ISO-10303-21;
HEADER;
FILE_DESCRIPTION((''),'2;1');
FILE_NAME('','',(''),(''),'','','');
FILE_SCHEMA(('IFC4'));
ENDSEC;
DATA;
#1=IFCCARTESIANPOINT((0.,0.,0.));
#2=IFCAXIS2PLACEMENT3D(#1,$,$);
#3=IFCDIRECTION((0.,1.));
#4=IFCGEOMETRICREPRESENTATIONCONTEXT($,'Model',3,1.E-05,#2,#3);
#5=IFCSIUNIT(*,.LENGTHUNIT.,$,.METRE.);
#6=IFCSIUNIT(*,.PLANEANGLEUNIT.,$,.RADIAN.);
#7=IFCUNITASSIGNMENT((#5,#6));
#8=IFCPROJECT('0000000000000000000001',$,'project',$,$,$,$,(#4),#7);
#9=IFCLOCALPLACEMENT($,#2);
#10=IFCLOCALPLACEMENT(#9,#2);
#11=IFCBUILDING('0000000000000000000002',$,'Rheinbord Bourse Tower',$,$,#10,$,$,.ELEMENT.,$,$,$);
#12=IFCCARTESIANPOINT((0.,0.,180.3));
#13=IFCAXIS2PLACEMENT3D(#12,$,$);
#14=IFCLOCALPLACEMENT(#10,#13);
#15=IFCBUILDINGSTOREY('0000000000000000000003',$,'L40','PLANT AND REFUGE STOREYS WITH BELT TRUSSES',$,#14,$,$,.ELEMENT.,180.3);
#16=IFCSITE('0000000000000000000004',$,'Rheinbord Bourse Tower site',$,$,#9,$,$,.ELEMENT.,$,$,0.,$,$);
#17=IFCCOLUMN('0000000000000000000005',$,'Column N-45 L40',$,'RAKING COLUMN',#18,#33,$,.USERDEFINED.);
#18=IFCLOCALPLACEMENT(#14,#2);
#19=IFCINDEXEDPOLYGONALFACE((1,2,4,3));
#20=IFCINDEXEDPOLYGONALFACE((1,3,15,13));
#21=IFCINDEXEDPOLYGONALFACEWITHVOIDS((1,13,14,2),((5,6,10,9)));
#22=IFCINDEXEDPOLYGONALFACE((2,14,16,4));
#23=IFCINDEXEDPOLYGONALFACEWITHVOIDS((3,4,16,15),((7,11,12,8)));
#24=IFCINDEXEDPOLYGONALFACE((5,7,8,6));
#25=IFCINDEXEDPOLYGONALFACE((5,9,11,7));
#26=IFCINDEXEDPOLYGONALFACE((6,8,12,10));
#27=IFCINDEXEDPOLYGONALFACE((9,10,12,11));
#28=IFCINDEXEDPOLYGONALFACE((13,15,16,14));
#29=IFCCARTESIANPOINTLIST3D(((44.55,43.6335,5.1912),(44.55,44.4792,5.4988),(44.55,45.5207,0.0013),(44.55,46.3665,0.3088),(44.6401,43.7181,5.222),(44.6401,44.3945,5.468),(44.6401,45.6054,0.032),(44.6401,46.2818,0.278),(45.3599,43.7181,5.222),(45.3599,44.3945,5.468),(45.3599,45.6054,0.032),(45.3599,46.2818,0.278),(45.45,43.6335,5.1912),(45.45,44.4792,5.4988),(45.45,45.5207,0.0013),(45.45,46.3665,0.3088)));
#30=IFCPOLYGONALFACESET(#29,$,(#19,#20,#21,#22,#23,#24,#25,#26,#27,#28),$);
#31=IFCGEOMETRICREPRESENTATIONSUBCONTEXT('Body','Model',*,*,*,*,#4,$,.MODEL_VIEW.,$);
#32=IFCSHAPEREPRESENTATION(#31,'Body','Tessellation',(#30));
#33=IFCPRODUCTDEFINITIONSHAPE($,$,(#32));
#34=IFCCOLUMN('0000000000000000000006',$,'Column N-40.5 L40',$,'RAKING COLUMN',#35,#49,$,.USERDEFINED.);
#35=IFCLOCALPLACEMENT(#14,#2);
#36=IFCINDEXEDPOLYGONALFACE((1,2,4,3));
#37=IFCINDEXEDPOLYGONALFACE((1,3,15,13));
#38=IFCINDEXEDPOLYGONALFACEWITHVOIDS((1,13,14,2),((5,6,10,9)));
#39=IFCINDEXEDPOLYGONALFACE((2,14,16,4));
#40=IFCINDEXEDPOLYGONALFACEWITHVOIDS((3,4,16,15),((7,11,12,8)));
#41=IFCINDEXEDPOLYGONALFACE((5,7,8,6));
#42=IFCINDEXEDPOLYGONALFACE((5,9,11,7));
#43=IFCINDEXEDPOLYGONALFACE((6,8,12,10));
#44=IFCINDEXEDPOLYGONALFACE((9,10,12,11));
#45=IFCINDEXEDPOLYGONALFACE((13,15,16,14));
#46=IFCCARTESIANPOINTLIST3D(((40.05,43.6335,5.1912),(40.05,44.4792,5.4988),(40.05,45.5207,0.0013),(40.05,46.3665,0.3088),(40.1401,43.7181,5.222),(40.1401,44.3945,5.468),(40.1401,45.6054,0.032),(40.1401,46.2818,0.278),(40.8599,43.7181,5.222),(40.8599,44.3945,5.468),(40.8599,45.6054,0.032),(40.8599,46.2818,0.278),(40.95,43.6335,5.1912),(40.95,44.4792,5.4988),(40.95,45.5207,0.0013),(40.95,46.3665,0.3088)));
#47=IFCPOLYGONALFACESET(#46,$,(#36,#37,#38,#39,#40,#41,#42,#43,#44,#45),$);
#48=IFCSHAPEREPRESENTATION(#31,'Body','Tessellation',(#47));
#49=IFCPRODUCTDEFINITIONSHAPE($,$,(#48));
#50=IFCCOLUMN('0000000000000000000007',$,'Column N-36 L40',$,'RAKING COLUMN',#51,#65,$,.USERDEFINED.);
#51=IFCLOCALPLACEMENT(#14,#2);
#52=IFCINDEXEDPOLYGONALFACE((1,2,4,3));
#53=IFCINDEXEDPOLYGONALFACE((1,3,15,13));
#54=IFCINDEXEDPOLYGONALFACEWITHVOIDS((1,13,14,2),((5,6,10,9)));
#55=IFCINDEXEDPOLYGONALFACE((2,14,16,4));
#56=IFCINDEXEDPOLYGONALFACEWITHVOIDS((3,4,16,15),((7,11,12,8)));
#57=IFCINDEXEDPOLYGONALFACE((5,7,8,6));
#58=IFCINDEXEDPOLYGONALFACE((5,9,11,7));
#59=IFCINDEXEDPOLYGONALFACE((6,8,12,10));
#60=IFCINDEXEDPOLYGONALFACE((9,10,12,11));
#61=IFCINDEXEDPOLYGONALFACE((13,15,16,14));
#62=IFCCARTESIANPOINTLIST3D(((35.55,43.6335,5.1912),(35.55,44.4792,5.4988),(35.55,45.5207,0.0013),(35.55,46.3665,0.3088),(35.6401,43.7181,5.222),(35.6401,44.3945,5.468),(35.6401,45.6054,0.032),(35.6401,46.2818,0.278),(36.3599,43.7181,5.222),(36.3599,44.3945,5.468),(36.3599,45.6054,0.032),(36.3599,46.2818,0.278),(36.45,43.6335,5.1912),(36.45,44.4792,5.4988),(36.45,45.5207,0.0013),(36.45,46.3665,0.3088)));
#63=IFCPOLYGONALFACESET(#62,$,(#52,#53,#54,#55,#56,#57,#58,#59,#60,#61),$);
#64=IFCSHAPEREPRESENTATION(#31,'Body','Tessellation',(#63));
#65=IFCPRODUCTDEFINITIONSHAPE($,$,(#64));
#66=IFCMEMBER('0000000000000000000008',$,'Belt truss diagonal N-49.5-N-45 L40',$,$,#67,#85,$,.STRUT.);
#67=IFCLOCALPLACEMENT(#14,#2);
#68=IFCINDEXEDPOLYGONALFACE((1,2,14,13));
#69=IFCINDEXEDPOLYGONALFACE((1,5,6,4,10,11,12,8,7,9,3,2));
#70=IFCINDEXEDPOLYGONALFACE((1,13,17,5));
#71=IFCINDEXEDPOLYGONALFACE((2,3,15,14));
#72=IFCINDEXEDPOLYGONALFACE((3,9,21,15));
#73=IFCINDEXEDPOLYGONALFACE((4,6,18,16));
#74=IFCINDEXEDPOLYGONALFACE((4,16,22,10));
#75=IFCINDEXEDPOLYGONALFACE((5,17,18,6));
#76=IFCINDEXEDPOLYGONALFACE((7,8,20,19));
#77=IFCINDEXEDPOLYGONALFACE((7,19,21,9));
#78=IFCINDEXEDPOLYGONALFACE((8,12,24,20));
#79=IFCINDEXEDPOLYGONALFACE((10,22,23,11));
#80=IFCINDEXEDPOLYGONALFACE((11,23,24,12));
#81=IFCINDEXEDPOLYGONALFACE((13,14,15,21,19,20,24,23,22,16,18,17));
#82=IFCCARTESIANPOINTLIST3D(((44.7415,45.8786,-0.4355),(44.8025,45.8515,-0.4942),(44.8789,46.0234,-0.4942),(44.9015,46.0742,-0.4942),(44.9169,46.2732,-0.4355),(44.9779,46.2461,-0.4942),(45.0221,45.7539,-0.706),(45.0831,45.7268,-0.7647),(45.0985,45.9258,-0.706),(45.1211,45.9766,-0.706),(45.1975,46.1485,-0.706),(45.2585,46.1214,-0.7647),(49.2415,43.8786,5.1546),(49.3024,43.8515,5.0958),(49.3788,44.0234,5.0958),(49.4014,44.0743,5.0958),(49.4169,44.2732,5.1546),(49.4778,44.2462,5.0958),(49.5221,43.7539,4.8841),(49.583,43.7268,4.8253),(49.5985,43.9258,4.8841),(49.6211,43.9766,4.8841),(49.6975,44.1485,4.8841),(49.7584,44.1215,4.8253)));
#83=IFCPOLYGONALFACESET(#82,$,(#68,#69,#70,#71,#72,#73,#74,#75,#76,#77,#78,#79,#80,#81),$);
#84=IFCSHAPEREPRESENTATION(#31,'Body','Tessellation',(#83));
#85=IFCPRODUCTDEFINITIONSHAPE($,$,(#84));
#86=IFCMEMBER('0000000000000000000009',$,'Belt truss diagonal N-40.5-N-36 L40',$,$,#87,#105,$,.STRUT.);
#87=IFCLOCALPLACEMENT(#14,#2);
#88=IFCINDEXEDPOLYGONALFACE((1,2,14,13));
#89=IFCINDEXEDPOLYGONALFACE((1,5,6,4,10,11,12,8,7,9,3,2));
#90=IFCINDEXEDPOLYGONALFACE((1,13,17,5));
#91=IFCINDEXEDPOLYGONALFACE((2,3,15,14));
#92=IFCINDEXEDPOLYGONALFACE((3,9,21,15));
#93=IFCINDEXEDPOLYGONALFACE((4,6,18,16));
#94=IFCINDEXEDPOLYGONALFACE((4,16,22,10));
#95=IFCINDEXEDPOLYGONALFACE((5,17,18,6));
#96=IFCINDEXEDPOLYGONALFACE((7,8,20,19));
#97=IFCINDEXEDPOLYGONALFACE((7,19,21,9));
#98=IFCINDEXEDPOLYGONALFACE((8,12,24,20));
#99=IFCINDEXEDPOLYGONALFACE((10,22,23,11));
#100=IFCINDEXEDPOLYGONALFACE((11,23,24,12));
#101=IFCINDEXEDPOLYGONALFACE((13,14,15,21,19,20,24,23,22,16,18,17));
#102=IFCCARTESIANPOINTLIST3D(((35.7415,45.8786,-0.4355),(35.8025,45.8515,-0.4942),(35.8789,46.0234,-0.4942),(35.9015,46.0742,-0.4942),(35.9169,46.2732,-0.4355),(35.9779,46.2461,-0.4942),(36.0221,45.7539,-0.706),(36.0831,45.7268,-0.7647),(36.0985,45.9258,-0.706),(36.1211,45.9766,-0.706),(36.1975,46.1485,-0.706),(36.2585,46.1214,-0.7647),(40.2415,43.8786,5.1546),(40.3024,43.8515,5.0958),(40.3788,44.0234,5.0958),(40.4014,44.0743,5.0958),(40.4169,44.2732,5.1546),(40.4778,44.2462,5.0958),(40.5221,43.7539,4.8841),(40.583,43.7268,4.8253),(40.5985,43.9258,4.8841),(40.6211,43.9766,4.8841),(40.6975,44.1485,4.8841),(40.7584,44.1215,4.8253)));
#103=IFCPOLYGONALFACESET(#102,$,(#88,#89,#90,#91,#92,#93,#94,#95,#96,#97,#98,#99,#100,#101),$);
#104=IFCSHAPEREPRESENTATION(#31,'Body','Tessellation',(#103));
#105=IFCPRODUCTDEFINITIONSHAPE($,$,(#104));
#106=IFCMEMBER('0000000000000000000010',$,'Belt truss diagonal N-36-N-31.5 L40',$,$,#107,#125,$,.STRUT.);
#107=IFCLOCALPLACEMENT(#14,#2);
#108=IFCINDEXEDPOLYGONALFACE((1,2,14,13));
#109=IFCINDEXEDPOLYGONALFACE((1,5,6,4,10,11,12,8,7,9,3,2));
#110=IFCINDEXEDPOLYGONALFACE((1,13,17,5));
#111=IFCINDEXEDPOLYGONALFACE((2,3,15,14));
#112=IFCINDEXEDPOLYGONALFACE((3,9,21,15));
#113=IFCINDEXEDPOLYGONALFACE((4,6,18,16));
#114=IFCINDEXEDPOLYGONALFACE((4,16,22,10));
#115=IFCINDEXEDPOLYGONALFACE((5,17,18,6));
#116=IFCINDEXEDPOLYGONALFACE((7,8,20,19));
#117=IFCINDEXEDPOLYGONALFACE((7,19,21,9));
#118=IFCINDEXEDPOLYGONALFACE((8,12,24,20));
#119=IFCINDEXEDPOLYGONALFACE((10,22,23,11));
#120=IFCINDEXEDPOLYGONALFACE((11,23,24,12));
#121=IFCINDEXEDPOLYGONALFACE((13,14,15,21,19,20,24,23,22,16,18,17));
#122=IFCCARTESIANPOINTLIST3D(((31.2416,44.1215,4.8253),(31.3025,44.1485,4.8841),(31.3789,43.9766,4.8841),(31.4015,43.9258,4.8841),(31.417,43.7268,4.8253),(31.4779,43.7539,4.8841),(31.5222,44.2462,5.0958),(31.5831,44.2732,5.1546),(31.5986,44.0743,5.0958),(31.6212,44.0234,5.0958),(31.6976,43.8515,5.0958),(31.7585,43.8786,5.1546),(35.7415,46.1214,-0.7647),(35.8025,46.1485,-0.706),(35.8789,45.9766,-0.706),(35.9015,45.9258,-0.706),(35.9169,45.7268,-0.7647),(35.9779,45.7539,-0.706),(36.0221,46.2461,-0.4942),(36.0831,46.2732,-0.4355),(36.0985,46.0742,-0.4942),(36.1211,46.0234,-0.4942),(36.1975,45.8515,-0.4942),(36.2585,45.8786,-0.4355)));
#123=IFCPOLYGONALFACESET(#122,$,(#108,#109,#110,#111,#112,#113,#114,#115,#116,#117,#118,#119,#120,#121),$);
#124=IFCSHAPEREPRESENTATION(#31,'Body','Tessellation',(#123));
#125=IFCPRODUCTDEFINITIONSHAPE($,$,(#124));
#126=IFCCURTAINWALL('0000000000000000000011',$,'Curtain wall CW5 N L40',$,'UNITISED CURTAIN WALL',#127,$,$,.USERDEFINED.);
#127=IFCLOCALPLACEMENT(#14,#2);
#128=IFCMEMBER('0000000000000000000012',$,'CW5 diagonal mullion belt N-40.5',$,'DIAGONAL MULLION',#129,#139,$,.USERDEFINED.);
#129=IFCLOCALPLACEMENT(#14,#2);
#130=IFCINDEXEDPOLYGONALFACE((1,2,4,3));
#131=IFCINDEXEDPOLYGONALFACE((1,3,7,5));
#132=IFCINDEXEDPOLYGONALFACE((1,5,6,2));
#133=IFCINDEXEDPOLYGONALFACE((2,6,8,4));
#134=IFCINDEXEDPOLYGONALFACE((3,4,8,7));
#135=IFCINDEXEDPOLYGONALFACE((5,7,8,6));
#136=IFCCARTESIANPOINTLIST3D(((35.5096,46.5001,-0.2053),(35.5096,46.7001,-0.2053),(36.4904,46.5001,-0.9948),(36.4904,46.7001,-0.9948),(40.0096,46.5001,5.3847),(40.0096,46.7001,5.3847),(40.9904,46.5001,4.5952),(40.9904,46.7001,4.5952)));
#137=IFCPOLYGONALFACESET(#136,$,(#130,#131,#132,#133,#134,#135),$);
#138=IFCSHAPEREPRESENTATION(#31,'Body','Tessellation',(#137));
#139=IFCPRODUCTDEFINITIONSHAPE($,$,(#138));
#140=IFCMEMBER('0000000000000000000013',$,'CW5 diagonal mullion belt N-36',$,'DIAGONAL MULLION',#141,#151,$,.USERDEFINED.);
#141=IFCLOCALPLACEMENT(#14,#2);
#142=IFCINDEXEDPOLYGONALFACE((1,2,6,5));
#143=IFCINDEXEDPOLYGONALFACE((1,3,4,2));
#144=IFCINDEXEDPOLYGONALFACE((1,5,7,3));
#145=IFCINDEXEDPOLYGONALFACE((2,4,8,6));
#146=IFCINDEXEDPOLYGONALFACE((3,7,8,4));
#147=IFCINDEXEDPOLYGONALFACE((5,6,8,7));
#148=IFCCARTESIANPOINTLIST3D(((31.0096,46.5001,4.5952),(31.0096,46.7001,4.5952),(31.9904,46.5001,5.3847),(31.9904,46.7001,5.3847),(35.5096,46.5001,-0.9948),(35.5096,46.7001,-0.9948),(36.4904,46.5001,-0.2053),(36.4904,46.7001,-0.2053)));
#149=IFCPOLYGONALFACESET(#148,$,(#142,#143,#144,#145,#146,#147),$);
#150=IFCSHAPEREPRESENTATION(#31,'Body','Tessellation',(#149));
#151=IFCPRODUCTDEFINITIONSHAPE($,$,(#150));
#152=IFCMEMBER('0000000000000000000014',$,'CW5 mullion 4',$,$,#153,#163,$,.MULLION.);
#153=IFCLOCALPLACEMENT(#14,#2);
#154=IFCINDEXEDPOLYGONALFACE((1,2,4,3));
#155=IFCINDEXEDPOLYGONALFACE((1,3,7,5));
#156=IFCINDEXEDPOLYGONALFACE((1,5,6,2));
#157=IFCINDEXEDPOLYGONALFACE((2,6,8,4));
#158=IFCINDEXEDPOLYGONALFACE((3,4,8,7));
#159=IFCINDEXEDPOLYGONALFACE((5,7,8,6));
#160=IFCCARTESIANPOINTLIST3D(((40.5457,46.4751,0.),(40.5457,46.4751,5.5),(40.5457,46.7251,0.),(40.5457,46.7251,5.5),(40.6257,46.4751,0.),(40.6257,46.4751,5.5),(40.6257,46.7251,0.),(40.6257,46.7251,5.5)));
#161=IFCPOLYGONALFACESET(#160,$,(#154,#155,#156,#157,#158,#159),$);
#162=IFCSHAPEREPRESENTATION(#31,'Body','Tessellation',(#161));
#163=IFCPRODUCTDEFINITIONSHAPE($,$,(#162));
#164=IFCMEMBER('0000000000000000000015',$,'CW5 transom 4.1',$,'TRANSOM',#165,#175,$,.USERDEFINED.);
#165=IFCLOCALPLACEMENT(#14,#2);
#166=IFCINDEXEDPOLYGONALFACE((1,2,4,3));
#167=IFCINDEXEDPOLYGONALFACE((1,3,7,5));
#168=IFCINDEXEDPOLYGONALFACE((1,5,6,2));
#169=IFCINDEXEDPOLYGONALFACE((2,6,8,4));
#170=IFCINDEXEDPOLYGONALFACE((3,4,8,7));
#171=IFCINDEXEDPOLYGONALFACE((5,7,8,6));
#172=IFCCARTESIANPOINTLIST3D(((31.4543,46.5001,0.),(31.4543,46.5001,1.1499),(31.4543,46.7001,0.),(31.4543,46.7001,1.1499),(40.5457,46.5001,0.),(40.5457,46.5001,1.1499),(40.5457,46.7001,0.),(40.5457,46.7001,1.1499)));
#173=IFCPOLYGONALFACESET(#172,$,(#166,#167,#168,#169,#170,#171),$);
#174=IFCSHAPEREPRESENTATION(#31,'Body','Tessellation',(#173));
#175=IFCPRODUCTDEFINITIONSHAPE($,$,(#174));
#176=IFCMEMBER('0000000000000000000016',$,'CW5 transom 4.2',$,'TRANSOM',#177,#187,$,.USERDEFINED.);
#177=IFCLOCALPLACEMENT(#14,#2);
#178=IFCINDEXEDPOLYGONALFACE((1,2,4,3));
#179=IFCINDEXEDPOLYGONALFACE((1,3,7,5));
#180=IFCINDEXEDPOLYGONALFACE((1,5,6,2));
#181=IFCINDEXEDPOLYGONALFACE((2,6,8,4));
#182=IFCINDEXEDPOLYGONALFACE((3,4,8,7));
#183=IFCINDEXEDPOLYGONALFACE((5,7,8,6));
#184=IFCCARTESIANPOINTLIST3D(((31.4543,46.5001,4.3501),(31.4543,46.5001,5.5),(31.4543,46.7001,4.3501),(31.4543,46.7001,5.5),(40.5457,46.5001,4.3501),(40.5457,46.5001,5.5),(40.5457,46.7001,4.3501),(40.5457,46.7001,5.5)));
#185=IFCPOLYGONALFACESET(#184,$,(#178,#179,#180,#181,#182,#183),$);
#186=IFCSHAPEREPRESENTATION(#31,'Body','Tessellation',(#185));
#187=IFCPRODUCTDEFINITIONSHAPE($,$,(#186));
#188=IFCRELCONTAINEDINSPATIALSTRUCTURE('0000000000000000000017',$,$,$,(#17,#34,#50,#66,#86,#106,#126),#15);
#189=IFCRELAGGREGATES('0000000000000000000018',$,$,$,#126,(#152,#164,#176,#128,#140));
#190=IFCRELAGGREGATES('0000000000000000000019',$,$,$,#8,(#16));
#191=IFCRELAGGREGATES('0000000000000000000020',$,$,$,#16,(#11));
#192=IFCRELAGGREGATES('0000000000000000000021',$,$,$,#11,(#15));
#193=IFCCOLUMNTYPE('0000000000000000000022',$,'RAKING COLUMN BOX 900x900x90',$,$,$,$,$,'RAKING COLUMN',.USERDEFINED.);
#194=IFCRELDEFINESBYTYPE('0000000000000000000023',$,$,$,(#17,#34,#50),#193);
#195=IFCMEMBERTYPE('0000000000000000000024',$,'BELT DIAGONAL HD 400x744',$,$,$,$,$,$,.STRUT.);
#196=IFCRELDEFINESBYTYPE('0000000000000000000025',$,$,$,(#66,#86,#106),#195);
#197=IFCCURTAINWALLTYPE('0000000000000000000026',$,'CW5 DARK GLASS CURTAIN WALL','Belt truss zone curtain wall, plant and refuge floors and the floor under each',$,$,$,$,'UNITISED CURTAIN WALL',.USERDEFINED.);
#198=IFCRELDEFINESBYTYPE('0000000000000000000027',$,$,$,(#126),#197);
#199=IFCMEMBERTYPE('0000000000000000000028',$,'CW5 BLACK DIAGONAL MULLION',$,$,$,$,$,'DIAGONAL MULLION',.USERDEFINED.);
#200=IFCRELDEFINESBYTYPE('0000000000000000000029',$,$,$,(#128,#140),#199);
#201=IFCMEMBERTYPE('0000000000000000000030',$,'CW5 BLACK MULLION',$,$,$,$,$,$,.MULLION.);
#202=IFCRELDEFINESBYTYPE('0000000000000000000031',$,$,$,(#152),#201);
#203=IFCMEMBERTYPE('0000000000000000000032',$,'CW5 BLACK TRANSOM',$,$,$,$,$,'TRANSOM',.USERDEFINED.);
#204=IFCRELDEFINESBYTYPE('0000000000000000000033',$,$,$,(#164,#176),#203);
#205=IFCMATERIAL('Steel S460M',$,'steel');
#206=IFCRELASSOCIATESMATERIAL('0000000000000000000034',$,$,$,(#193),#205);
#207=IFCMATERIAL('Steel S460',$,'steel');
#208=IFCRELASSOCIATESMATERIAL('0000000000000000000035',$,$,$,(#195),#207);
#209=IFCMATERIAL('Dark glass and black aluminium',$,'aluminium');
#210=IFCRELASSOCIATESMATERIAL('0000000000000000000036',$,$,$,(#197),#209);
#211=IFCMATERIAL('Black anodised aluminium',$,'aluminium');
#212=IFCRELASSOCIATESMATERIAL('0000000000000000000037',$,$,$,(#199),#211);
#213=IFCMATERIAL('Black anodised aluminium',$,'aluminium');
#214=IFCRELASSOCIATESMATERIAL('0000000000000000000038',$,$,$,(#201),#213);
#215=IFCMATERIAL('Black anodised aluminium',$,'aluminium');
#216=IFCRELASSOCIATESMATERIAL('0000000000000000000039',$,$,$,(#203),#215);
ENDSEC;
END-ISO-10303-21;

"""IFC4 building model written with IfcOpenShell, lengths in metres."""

from ifc_helpers import new_model, si_unit, direction, frame, origin, origin_2d, place, context, subcontext, project, spatial, rectangle, hollow_rectangle, i_section, extrude, material, material_profile, profile_set, type_object, element, aggregate, save


model = new_model("IFC4")

# Units and contexts
model_context = context("Model", 3, precision=1e-05, world=origin(), true_north=direction((0.0, 1.0)))
body_context = subcontext(model_context, "Body", "Model", "MODEL_VIEW")
ifc_project = project(units=[si_unit("LENGTHUNIT", "METRE"), si_unit("PLANEANGLEUNIT", "RADIAN")], contexts=[model_context])

# Site, building, storey
site_placement = place(None, origin())
site = spatial("IfcSite", under=ifc_project, at=site_placement, Name="Rheinbord Bourse Tower site", CompositionType="ELEMENT", RefElevation=0.0)
building_placement = place(site_placement, origin())
building = spatial("IfcBuilding", under=site, at=building_placement, Name="Rheinbord Bourse Tower", CompositionType="ELEMENT")
storey_placement = place(building_placement, frame((0.0, 0.0, 180.3)))
storey = spatial("IfcBuildingStorey", under=building, at=storey_placement, Name="L40", Description="PLANT AND REFUGE STOREYS WITH BELT TRUSSES", CompositionType="ELEMENT", Elevation=180.3)

# Columns
ifc_material_1 = material(Name="Steel S460M", Category="steel")
ifc_material_profile_1 = material_profile(ifc_material_1, hollow_rectangle(XDim=0.8999, YDim=0.8999, WallThickness=0.0901, at=origin_2d()), Name="BOX 900x900x90")
ifc_profile_set_1 = profile_set([ifc_material_profile_1], Name="Steel S460M")
column_type = type_object("IfcColumnType", Name="RAKING COLUMN BOX 900x900x90", ElementType="RAKING COLUMN", PredefinedType="USERDEFINED", material=ifc_profile_set_1)
for number, where, z_axis, x_axis, name in (
    (1, (45.0, 45.9436, 0.155), (0.0, -0.341743, 0.939793), (0.0, 0.939793, 0.341743), "Column N-45 L40"),
    (2, (40.5, 45.9436, 0.155), (0.0, -0.341743, 0.939793), (0.0, 0.939793, 0.341743), "Column N-40.5 L40"),
    (3, (36.0, 45.9436, 0.155), (0.0, -0.341743, 0.939793), (0.0, 0.939793, 0.341743), "Column N-36 L40"),
):
    element("IfcColumn", number, at=place(storey_placement, frame(where, z_axis=z_axis, x_axis=x_axis)), inside=storey, type_object=column_type, Name=name, ObjectType="RAKING COLUMN", PredefinedType="USERDEFINED", context=body_context, shape_type="SweptSolid", body=[
        extrude(hollow_rectangle(XDim=0.8999, YDim=0.8999, WallThickness=0.0901, at=origin_2d()), origin(), (0.0, 0.0, 1.0), 5.5225),
    ])

# Members
ifc_material_2 = material(Name="Steel S460", Category="steel")
ifc_material_profile_2 = material_profile(ifc_material_2, i_section(OverallWidth=0.4319, OverallDepth=0.498, WebThickness=0.0557, FlangeThickness=0.0889, at=origin_2d()), Name="HD 400x744")
ifc_profile_set_2 = profile_set([ifc_material_profile_2], Name="Steel S460")
member_type_1 = type_object("IfcMemberType", Name="BELT DIAGONAL HD 400x744", PredefinedType="STRUT", material=ifc_profile_set_2)
for number, where, z_axis, x_axis, name in (
    (4, (45.0, 46.0, -0.6001), (0.604045, -0.268465, 0.75037), (0.406138, 0.913812, 0.0), "Belt truss diagonal N-49.5-N-45 L40"),
    (5, (36.0, 46.0, -0.6001), (0.604045, -0.268465, 0.75037), (0.406138, 0.913812, 0.0), "Belt truss diagonal N-40.5-N-36 L40"),
    (6, (36.0, 46.0, -0.6001), (-0.604045, -0.268465, 0.75037), (0.406138, -0.913812, 0.0), "Belt truss diagonal N-36-N-31.5 L40"),
):
    element("IfcMember", number, at=place(storey_placement, frame(where, z_axis=z_axis, x_axis=x_axis)), inside=storey, type_object=member_type_1, Name=name, PredefinedType="STRUT", context=body_context, shape_type="SweptSolid", body=[
        extrude(i_section(OverallWidth=0.4319, OverallDepth=0.498, WebThickness=0.0557, FlangeThickness=0.0889, at=origin_2d()), origin(), (0.0, 0.0, 1.0), 7.4497),
    ])

# Curtain wall, members
ifc_material_3 = material(Name="Dark glass and black aluminium", Category="aluminium")
curtain_wall_type = type_object("IfcCurtainWallType", Name="CW5 DARK GLASS CURTAIN WALL", Description="Belt truss zone curtain wall, plant and refuge floors and the floor under each", ElementType="UNITISED CURTAIN WALL", PredefinedType="USERDEFINED", material=ifc_material_3)
curtain_wall_placement = place(storey_placement, origin())
curtain_wall = element("IfcCurtainWall", 7, at=curtain_wall_placement, inside=storey, type_object=curtain_wall_type, Name="Curtain wall CW5 N L40", ObjectType="UNITISED CURTAIN WALL", PredefinedType="USERDEFINED")
ifc_material_4 = material(Name="Black anodised aluminium", Category="aluminium")
ifc_material_profile_3 = material_profile(ifc_material_4, rectangle(XDim=0.2, YDim=1.259, at=origin_2d()), Name="CW5 DIAGONAL MULLION 1259x200")
ifc_profile_set_3 = profile_set([ifc_material_profile_3], Name="Black anodised aluminium")
member_type_2 = type_object("IfcMemberType", Name="CW5 BLACK DIAGONAL MULLION", ElementType="DIAGONAL MULLION", PredefinedType="USERDEFINED", material=ifc_profile_set_3)
member_1_placement = place(storey_placement, frame((36.0, 46.6001, -0.6001), z_axis=(0.627065, 0.0, 0.778967), x_axis=(0.0, 1.0, 0.0)))
member_1 = element("IfcMember", 8, at=member_1_placement, type_object=member_type_2, Name="CW5 diagonal mullion belt N-40.5", ObjectType="DIAGONAL MULLION", PredefinedType="USERDEFINED", context=body_context, shape_type="SweptSolid", body=[
    extrude(rectangle(XDim=0.2, YDim=1.259, at=origin_2d()), origin(), (0.0, 0.0, 1.0), 7.1763),
])
member_2_placement = place(storey_placement, frame((36.0, 46.6001, -0.6001), z_axis=(-0.627065, 0.0, 0.778967), x_axis=(0.0, -1.0, 0.0)))
member_2 = element("IfcMember", 9, at=member_2_placement, type_object=member_type_2, Name="CW5 diagonal mullion belt N-36", ObjectType="DIAGONAL MULLION", PredefinedType="USERDEFINED", context=body_context, shape_type="SweptSolid", body=[
    extrude(rectangle(XDim=0.2, YDim=1.259, at=origin_2d()), origin(), (0.0, 0.0, 1.0), 7.1763),
])
ifc_material_5 = material(Name="Black anodised aluminium", Category="aluminium")
ifc_material_profile_4 = material_profile(ifc_material_5, rectangle(XDim=0.25, YDim=0.0801, at=origin_2d()), Name="CW5 MULLION 80x250")
ifc_profile_set_4 = profile_set([ifc_material_profile_4], Name="Black anodised aluminium")
member_type_3 = type_object("IfcMemberType", Name="CW5 BLACK MULLION", PredefinedType="MULLION", material=ifc_profile_set_4)
member_3_placement = place(storey_placement, frame((40.5857, 46.6001, 0.0), z_axis=(0.0, 0.0, 1.0), x_axis=(0.0, -1.0, 0.0)))
member_3 = element("IfcMember", 10, at=member_3_placement, type_object=member_type_3, Name="CW5 mullion 4", PredefinedType="MULLION", context=body_context, shape_type="SweptSolid", body=[
    extrude(rectangle(XDim=0.25, YDim=0.0801, at=origin_2d()), origin(), (0.0, 0.0, 1.0), 5.5),
])
ifc_material_6 = material(Name="Black anodised aluminium", Category="aluminium")
ifc_material_profile_5 = material_profile(ifc_material_6, rectangle(XDim=0.2, YDim=1.1499, at=origin_2d()), Name="CW5 TRANSOM 1150x200")
ifc_profile_set_5 = profile_set([ifc_material_profile_5], Name="Black anodised aluminium")
member_type_4 = type_object("IfcMemberType", Name="CW5 BLACK TRANSOM", ElementType="TRANSOM", PredefinedType="USERDEFINED", material=ifc_profile_set_5)
member_4_placement = place(storey_placement, frame((40.5457, 46.6001, 0.575), z_axis=(-1.0, 0.0, 0.0), x_axis=(0.0, -1.0, 0.0)))
member_4 = element("IfcMember", 11, at=member_4_placement, type_object=member_type_4, Name="CW5 transom 4.1", ObjectType="TRANSOM", PredefinedType="USERDEFINED", context=body_context, shape_type="SweptSolid", body=[
    extrude(rectangle(XDim=0.2, YDim=1.1499, at=origin_2d()), origin(), (0.0, 0.0, 1.0), 9.0913),
])
member_5_placement = place(storey_placement, frame((40.5457, 46.6001, 4.925), z_axis=(-1.0, 0.0, 0.0), x_axis=(0.0, -1.0, 0.0)))
member_5 = element("IfcMember", 12, at=member_5_placement, type_object=member_type_4, Name="CW5 transom 4.2", ObjectType="TRANSOM", PredefinedType="USERDEFINED", context=body_context, shape_type="SweptSolid", body=[
    extrude(rectangle(XDim=0.2, YDim=1.1499, at=origin_2d()), origin(), (0.0, 0.0, 1.0), 9.0913),
])

aggregate(curtain_wall, [member_3, member_4, member_5, member_1, member_2])

save(model, "model.ifc")
